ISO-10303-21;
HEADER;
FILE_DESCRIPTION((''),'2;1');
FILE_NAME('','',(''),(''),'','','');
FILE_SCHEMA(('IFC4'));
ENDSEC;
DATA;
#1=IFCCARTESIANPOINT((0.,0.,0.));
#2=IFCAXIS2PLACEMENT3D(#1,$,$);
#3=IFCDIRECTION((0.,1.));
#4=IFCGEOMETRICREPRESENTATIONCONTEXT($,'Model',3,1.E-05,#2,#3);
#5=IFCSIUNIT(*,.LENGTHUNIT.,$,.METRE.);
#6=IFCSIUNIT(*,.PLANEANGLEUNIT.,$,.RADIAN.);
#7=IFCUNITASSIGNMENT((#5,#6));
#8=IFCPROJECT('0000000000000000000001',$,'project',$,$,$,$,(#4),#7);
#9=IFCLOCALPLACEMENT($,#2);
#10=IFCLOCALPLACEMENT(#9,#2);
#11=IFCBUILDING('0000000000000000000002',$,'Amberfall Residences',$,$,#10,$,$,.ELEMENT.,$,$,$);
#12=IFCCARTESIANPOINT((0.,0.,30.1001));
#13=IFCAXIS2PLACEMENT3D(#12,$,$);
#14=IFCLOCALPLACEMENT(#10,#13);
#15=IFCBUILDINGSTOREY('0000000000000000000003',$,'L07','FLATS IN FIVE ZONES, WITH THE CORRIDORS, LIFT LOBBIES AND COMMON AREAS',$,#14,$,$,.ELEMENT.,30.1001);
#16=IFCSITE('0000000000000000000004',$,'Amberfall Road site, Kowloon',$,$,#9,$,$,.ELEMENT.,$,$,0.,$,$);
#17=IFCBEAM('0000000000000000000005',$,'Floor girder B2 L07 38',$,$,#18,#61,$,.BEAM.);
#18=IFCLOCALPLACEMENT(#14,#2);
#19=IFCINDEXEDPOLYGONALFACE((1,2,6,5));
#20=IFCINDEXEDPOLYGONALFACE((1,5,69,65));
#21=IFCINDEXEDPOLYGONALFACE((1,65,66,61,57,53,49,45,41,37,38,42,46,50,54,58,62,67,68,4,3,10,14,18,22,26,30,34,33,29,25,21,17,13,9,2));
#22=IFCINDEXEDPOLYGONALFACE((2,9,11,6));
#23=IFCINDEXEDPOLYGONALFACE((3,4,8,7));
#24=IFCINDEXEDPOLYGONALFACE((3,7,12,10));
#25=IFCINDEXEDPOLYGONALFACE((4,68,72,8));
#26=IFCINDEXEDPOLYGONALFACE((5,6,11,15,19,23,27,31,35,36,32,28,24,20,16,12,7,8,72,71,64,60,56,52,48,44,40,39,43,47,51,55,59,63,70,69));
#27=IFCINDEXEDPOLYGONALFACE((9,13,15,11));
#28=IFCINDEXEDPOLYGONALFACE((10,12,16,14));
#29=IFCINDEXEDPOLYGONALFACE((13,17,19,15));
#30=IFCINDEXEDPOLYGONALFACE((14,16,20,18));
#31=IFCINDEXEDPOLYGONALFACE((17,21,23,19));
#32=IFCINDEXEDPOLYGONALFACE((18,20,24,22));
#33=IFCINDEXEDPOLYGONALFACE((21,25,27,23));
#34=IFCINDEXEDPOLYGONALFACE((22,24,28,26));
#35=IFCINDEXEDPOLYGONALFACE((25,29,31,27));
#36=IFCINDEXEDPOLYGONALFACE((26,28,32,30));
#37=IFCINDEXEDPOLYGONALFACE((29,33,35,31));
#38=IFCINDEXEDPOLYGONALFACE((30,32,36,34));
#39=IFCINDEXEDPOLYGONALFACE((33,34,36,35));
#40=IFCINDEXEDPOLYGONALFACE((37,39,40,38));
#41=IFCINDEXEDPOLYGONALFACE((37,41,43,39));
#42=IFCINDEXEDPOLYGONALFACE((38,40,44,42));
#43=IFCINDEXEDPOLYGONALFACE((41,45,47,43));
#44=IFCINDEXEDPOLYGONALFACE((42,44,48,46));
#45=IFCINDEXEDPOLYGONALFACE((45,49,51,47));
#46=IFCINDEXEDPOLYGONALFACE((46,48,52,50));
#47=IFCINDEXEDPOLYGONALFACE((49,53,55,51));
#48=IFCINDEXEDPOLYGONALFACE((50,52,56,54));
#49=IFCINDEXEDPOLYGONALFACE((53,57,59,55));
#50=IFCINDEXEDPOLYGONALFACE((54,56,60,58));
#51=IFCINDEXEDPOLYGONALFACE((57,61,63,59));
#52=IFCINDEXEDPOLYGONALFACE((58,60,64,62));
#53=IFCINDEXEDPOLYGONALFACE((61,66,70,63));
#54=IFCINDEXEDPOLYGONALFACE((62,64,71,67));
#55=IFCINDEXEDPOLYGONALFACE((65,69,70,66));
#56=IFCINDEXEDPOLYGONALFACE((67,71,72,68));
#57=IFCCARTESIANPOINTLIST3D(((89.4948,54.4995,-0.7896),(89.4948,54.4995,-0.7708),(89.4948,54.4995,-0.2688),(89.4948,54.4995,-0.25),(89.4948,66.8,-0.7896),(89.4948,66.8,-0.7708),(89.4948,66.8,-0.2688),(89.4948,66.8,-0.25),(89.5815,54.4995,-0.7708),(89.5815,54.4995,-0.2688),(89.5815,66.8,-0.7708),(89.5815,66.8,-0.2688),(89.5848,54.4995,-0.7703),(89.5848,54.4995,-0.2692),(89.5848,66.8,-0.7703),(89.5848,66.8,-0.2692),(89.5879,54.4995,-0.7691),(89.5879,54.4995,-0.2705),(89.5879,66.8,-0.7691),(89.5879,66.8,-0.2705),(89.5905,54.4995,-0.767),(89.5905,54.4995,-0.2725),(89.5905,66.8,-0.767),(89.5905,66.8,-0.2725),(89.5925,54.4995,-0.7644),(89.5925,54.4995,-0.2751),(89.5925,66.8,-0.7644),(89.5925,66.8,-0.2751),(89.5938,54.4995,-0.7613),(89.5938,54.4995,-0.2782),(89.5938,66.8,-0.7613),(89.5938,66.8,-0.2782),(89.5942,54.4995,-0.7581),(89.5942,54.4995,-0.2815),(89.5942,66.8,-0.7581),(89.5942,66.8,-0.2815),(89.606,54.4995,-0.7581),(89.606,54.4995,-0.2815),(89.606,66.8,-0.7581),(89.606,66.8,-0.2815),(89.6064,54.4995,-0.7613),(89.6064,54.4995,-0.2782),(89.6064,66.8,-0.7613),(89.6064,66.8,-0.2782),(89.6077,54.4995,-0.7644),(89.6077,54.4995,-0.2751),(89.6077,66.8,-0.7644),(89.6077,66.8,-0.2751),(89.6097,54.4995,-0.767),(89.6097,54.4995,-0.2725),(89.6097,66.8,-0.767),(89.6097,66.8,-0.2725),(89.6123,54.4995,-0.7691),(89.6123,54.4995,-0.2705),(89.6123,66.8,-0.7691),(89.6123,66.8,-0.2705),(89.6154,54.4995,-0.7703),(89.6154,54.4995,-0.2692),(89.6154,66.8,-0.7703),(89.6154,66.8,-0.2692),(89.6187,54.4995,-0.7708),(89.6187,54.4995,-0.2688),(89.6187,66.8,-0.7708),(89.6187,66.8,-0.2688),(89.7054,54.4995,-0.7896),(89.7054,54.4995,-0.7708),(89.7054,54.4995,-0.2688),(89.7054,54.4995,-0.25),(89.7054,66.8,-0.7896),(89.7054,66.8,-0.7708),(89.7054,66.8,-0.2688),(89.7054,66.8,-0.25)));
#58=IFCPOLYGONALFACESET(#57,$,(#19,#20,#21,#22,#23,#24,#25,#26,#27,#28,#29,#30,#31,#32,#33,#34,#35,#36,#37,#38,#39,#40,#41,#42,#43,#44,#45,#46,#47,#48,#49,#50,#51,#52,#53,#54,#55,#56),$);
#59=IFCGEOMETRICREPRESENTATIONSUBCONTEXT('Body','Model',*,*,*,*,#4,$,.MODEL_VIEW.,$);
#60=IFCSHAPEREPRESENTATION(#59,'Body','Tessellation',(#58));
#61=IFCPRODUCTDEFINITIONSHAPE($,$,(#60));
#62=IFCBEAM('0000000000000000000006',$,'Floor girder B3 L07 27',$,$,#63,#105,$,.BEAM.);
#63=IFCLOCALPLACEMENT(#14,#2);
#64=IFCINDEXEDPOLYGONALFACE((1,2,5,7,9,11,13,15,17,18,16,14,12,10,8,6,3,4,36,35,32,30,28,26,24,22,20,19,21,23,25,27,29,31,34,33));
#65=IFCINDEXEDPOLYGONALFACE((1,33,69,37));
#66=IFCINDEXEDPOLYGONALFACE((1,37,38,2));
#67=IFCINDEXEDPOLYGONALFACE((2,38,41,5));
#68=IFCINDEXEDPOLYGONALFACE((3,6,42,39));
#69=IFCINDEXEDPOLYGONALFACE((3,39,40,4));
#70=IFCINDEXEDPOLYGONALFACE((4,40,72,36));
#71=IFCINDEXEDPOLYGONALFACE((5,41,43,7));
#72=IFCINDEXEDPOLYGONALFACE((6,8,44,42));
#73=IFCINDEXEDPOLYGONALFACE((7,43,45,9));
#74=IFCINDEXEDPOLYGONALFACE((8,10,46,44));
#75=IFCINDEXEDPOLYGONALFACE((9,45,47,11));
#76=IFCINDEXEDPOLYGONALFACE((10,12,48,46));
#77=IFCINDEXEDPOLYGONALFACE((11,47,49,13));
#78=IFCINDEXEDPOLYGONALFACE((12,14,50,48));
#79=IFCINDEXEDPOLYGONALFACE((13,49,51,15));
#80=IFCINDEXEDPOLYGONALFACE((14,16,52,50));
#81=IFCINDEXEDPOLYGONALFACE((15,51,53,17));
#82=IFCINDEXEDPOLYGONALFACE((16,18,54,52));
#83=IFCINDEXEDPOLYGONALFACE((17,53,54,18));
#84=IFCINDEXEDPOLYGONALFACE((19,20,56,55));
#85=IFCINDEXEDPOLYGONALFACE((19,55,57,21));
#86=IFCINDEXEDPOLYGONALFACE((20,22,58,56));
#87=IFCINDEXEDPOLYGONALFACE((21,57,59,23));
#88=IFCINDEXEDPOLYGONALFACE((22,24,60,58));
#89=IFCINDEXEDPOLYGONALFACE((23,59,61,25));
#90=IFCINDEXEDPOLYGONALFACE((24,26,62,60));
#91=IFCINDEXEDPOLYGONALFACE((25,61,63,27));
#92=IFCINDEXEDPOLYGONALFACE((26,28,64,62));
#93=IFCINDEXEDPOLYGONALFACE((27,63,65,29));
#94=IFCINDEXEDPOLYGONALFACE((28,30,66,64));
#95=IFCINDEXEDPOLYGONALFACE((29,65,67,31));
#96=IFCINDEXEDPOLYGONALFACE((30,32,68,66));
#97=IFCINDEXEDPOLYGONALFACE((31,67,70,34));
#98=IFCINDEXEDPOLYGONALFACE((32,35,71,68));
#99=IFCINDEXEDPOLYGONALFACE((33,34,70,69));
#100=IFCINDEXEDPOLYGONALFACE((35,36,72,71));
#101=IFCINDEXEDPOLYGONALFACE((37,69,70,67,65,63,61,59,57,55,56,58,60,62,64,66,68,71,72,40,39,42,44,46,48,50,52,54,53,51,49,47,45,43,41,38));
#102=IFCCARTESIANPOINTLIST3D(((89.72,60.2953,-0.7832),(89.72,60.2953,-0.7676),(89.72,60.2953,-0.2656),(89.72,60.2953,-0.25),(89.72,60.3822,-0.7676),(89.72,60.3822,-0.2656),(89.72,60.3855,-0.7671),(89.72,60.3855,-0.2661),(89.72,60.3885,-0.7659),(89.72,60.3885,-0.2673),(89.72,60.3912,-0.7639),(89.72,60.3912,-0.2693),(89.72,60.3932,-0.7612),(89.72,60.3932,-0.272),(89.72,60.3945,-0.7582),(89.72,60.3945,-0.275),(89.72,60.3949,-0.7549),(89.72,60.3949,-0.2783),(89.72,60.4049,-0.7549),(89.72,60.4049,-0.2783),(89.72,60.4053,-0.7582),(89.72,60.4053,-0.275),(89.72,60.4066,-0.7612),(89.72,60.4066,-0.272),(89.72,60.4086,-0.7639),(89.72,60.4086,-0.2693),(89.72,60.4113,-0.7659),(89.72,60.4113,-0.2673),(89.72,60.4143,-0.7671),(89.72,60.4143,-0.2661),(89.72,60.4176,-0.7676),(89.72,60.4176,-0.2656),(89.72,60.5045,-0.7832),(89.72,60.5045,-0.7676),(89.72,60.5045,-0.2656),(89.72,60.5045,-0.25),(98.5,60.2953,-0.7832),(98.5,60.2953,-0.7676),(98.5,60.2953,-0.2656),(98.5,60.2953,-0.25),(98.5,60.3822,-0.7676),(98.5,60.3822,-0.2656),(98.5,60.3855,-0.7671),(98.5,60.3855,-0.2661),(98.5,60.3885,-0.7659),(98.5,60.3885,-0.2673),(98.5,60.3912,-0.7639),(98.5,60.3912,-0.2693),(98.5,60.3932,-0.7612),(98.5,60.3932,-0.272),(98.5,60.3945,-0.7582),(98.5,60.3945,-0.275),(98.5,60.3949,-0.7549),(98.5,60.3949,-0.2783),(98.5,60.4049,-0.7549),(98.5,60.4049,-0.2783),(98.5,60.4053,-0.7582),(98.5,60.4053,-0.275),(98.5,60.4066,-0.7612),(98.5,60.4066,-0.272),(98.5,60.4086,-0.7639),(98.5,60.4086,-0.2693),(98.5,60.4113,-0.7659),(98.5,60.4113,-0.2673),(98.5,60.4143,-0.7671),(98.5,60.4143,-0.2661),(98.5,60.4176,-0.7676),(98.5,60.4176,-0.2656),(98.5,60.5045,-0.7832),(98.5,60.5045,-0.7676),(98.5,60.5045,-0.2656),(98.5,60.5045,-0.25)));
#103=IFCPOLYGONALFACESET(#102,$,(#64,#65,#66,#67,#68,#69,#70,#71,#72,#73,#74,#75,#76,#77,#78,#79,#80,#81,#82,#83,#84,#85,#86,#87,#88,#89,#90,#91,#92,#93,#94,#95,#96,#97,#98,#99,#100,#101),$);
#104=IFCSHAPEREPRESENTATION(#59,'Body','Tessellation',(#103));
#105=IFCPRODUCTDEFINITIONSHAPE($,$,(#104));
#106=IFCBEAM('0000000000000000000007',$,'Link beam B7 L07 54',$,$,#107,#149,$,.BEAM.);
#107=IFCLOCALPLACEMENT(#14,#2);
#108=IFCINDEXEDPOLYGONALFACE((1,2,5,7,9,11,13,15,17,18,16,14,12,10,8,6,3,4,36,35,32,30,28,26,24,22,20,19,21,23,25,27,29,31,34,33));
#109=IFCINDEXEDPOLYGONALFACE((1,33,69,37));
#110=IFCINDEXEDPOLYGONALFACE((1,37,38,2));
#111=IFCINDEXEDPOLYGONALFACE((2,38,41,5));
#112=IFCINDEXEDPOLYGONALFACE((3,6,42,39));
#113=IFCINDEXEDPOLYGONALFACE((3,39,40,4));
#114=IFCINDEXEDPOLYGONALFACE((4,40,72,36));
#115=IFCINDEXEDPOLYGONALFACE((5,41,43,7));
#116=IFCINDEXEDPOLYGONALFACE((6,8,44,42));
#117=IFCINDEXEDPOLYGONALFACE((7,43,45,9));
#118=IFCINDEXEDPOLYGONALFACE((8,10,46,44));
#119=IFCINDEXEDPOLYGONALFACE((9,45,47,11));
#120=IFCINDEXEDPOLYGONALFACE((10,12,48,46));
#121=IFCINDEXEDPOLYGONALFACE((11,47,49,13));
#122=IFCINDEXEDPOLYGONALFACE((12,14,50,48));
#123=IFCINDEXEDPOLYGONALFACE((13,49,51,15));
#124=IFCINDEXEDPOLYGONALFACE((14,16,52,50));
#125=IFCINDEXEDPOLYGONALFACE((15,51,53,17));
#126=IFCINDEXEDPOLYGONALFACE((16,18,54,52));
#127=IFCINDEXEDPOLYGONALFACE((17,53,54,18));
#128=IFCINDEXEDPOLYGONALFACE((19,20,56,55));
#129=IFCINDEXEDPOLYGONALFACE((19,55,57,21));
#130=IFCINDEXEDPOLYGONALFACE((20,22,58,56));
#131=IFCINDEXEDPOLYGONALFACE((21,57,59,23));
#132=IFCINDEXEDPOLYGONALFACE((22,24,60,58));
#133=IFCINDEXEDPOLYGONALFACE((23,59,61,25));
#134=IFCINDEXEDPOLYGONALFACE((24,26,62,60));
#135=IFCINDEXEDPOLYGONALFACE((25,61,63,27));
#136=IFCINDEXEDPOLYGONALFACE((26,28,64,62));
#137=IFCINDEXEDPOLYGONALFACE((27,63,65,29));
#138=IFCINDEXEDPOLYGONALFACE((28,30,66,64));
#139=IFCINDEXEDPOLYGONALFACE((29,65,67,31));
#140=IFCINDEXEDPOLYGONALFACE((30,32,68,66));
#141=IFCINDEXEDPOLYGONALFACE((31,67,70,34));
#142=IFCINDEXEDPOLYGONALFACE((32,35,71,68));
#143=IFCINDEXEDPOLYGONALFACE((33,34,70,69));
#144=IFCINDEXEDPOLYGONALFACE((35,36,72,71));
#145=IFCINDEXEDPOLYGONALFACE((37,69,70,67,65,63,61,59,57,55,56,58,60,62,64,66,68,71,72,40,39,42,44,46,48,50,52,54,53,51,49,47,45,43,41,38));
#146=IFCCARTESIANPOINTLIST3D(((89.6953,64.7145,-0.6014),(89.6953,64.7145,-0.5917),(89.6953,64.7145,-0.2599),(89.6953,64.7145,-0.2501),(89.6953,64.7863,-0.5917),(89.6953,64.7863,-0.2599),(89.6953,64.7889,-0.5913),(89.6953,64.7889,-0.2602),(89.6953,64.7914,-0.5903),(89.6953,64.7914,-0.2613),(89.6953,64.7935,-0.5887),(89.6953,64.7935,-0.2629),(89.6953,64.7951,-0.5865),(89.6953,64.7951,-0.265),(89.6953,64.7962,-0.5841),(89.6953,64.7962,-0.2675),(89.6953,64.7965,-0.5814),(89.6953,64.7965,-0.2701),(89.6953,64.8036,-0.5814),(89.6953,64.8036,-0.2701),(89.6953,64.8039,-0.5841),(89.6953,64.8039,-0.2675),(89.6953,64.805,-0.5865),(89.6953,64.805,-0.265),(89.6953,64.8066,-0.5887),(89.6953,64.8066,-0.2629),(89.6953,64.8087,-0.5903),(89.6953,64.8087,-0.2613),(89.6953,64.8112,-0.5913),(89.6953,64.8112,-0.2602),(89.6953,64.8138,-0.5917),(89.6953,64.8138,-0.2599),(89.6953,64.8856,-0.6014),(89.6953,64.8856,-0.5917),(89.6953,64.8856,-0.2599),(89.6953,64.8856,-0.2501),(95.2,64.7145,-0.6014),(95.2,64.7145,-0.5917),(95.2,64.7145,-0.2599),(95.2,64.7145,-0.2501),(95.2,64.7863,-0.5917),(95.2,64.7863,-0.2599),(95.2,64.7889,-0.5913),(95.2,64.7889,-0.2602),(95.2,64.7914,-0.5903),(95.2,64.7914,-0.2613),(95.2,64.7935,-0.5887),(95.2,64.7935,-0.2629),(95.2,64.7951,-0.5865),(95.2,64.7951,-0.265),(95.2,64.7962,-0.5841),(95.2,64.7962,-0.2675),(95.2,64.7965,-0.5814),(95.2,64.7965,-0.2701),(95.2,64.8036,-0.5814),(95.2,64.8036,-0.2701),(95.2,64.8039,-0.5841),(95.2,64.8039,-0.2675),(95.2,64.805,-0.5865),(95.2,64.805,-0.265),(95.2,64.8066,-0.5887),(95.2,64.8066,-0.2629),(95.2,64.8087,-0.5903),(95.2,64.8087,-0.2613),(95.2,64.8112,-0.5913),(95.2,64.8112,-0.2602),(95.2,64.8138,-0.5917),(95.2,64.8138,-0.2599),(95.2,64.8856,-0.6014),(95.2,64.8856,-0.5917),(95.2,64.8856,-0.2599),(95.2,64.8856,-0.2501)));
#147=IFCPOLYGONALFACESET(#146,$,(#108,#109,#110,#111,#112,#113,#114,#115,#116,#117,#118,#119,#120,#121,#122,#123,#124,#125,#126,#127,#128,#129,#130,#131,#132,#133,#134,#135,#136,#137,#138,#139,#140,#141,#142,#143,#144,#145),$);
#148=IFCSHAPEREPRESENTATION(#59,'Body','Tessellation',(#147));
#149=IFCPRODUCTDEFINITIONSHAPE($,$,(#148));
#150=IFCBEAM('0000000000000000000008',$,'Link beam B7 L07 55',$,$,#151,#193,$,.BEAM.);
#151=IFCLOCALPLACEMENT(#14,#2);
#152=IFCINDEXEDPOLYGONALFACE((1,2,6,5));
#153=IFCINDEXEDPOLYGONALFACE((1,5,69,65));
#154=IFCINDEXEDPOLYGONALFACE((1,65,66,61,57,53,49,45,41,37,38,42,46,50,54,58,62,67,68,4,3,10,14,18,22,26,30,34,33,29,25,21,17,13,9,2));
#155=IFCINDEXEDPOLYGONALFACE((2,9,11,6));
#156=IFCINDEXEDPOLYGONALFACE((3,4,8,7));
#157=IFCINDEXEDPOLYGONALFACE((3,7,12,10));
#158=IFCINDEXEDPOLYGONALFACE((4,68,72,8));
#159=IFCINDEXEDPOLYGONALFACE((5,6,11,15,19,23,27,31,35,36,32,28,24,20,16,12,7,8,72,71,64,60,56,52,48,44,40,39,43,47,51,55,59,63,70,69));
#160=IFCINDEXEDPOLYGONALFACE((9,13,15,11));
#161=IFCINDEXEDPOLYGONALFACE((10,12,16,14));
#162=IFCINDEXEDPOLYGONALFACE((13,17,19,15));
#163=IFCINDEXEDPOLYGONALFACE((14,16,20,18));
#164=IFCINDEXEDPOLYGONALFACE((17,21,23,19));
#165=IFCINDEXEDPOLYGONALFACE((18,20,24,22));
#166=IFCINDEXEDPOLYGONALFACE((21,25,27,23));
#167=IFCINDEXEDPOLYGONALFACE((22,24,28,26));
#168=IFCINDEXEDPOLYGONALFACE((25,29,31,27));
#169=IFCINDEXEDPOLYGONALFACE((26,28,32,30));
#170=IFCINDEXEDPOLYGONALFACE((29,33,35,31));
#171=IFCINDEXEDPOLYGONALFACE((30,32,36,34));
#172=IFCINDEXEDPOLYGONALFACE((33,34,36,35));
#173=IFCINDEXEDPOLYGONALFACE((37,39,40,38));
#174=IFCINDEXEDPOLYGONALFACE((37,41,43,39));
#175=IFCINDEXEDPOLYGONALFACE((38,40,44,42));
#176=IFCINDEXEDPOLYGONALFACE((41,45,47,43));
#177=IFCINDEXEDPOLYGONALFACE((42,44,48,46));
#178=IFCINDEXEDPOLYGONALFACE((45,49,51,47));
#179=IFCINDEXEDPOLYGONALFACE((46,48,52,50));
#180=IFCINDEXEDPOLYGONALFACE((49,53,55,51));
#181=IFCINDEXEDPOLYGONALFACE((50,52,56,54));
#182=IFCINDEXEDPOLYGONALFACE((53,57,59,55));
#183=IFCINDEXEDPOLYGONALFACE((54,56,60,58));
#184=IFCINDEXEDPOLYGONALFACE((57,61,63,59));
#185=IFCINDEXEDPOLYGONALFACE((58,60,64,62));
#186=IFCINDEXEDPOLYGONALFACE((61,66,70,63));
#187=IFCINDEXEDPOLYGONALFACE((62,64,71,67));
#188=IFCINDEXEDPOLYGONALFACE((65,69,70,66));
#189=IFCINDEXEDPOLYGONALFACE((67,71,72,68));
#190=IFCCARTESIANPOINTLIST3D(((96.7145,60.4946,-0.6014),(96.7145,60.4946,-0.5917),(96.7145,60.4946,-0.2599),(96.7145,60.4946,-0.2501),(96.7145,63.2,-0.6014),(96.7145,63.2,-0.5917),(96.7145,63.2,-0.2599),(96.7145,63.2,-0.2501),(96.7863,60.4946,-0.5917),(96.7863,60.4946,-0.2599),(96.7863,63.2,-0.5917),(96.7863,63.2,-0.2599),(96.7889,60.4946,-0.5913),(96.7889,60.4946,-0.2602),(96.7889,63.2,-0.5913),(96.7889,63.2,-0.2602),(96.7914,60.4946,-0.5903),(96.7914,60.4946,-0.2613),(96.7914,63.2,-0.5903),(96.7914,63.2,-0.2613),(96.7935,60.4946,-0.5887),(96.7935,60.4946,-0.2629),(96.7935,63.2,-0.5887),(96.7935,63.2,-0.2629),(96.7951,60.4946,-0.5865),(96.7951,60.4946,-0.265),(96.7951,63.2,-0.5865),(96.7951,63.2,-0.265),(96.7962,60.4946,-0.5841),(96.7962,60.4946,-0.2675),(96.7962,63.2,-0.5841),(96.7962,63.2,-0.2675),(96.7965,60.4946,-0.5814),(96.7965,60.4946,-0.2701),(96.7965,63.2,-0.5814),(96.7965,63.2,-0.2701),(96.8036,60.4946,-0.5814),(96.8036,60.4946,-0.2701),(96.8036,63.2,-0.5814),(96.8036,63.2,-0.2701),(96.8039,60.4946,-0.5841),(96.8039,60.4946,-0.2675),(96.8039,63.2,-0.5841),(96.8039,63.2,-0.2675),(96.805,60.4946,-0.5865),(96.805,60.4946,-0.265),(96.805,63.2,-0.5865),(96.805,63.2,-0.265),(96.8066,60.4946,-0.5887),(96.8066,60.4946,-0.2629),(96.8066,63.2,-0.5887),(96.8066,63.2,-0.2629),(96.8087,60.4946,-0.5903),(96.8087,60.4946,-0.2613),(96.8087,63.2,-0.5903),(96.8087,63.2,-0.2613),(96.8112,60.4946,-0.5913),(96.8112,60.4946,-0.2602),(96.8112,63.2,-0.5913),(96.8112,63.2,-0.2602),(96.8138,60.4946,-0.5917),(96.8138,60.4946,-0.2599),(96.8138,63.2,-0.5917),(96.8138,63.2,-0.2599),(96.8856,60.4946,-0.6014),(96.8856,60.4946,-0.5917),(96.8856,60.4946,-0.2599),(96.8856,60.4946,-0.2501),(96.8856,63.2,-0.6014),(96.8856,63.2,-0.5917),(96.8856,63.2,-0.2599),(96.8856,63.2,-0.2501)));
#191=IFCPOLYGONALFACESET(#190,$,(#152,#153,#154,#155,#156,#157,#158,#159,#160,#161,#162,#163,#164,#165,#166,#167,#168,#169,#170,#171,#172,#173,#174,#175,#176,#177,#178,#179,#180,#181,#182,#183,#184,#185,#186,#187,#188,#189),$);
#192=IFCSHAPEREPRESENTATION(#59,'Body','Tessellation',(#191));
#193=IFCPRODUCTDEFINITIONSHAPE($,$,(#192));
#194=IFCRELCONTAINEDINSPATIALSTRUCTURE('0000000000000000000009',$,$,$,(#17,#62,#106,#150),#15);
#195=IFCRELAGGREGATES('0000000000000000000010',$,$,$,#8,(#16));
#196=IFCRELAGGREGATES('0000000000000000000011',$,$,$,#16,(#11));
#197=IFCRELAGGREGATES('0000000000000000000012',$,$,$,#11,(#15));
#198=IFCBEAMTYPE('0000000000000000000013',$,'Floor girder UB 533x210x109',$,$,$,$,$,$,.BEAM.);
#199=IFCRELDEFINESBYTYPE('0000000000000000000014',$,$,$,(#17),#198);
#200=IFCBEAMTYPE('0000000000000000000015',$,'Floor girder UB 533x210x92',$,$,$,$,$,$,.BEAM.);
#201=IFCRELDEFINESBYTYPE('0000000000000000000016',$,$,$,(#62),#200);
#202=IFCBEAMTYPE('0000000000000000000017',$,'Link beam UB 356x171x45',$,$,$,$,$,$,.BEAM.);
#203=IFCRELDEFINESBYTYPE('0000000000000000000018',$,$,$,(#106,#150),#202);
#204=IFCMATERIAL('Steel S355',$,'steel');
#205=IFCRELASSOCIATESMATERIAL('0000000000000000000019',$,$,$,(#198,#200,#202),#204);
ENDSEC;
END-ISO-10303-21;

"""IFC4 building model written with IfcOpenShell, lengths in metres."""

from ifc_helpers import new_model, si_unit, direction, frame, origin, origin_2d, place, context, subcontext, project, spatial, i_section, extrude, material, material_profile, profile_set, type_object, element, save


model = new_model("IFC4")

# Units and contexts
model_context = context("Model", 3, precision=1e-05, world=origin(), true_north=direction((0.0, 1.0)))
body_context = subcontext(model_context, "Body", "Model", "MODEL_VIEW")
ifc_project = project(units=[si_unit("LENGTHUNIT", "METRE"), si_unit("PLANEANGLEUNIT", "RADIAN")], contexts=[model_context])

# Site, building, storey
site_placement = place(None, origin())
site = spatial("IfcSite", under=ifc_project, at=site_placement, Name="Amberfall Road site, Kowloon", CompositionType="ELEMENT", RefElevation=0.0)
building_placement = place(site_placement, origin())
building = spatial("IfcBuilding", under=site, at=building_placement, Name="Amberfall Residences", CompositionType="ELEMENT")
storey_placement = place(building_placement, frame((0.0, 0.0, 30.1001)))
storey = spatial("IfcBuildingStorey", under=building, at=storey_placement, Name="L07", Description="FLATS IN FIVE ZONES, WITH THE CORRIDORS, LIFT LOBBIES AND COMMON AREAS", CompositionType="ELEMENT", Elevation=30.1001)

# Beams
ifc_material_1 = material(Name="Steel S355", Category="steel")
ifc_material_profile_1 = material_profile(ifc_material_1, i_section(OverallWidth=0.2107, OverallDepth=0.5396, WebThickness=0.0117, FlangeThickness=0.0188, FilletRadius=0.0127, at=origin_2d()), Name="UB 533x210x109")
ifc_profile_set_1 = profile_set([ifc_material_profile_1], Name="Steel S355")
beam_type_1 = type_object("IfcBeamType", Name="Floor girder UB 533x210x109", PredefinedType="BEAM", material=ifc_profile_set_1)
beam_1_placement = place(storey_placement, frame((89.6001, 66.8, -0.5198), z_axis=(0.0, -1.0, 0.0), x_axis=(1.0, 0.0, 0.0)))
element("IfcBeam", 1, at=beam_1_placement, inside=storey, type_object=beam_type_1, Name="Floor girder B2 L07 38", PredefinedType="BEAM", context=body_context, shape_type="SweptSolid", body=[
    extrude(i_section(OverallWidth=0.2107, OverallDepth=0.5396, WebThickness=0.0117, FlangeThickness=0.0188, FilletRadius=0.0127, at=origin_2d()), origin(), (0.0, 0.0, 1.0), 12.3005),
])
ifc_material_profile_2 = material_profile(ifc_material_1, i_section(OverallWidth=0.2092, OverallDepth=0.5332, WebThickness=0.01, FlangeThickness=0.0156, FilletRadius=0.0127, at=origin_2d()), Name="UB 533x210x92")
ifc_profile_set_2 = profile_set([ifc_material_profile_2], Name="Steel S355")
beam_type_2 = type_object("IfcBeamType", Name="Floor girder UB 533x210x92", PredefinedType="BEAM", material=ifc_profile_set_2)
beam_2_placement = place(storey_placement, frame((98.5, 60.3999, -0.5166), z_axis=(-1.0, 0.0, 0.0), x_axis=(0.0, -1.0, 0.0)))
element("IfcBeam", 2, at=beam_2_placement, inside=storey, type_object=beam_type_2, Name="Floor girder B3 L07 27", PredefinedType="BEAM", context=body_context, shape_type="SweptSolid", body=[
    extrude(i_section(OverallWidth=0.2092, OverallDepth=0.5332, WebThickness=0.01, FlangeThickness=0.0156, FilletRadius=0.0127, at=origin_2d()), origin(), (0.0, 0.0, 1.0), 8.78),
])
ifc_material_profile_3 = material_profile(ifc_material_1, i_section(OverallWidth=0.1711, OverallDepth=0.3513, WebThickness=0.0071, FlangeThickness=0.0098, FilletRadius=0.0103, at=origin_2d()), Name="UB 356x171x45")
ifc_profile_set_3 = profile_set([ifc_material_profile_3], Name="Steel S355")
beam_type_3 = type_object("IfcBeamType", Name="Link beam UB 356x171x45", PredefinedType="BEAM", material=ifc_profile_set_3)
beam_3_placement = place(storey_placement, frame((95.2, 64.8, -0.4258), z_axis=(-1.0, 0.0, 0.0), x_axis=(0.0, -1.0, 0.0)))
element("IfcBeam", 3, at=beam_3_placement, inside=storey, type_object=beam_type_3, Name="Link beam B7 L07 54", PredefinedType="BEAM", context=body_context, shape_type="SweptSolid", body=[
    extrude(i_section(OverallWidth=0.1711, OverallDepth=0.3513, WebThickness=0.0071, FlangeThickness=0.0098, FilletRadius=0.0103, at=origin_2d()), origin(), (0.0, 0.0, 1.0), 5.5046),
])
beam_4_placement = place(storey_placement, frame((96.8, 63.2, -0.4258), z_axis=(0.0, -1.0, 0.0), x_axis=(1.0, 0.0, 0.0)))
element("IfcBeam", 4, at=beam_4_placement, inside=storey, type_object=beam_type_3, Name="Link beam B7 L07 55", PredefinedType="BEAM", context=body_context, shape_type="SweptSolid", body=[
    extrude(i_section(OverallWidth=0.1711, OverallDepth=0.3513, WebThickness=0.0071, FlangeThickness=0.0098, FilletRadius=0.0103, at=origin_2d()), origin(), (0.0, 0.0, 1.0), 2.7053),
])

save(model, "model.ifc")
